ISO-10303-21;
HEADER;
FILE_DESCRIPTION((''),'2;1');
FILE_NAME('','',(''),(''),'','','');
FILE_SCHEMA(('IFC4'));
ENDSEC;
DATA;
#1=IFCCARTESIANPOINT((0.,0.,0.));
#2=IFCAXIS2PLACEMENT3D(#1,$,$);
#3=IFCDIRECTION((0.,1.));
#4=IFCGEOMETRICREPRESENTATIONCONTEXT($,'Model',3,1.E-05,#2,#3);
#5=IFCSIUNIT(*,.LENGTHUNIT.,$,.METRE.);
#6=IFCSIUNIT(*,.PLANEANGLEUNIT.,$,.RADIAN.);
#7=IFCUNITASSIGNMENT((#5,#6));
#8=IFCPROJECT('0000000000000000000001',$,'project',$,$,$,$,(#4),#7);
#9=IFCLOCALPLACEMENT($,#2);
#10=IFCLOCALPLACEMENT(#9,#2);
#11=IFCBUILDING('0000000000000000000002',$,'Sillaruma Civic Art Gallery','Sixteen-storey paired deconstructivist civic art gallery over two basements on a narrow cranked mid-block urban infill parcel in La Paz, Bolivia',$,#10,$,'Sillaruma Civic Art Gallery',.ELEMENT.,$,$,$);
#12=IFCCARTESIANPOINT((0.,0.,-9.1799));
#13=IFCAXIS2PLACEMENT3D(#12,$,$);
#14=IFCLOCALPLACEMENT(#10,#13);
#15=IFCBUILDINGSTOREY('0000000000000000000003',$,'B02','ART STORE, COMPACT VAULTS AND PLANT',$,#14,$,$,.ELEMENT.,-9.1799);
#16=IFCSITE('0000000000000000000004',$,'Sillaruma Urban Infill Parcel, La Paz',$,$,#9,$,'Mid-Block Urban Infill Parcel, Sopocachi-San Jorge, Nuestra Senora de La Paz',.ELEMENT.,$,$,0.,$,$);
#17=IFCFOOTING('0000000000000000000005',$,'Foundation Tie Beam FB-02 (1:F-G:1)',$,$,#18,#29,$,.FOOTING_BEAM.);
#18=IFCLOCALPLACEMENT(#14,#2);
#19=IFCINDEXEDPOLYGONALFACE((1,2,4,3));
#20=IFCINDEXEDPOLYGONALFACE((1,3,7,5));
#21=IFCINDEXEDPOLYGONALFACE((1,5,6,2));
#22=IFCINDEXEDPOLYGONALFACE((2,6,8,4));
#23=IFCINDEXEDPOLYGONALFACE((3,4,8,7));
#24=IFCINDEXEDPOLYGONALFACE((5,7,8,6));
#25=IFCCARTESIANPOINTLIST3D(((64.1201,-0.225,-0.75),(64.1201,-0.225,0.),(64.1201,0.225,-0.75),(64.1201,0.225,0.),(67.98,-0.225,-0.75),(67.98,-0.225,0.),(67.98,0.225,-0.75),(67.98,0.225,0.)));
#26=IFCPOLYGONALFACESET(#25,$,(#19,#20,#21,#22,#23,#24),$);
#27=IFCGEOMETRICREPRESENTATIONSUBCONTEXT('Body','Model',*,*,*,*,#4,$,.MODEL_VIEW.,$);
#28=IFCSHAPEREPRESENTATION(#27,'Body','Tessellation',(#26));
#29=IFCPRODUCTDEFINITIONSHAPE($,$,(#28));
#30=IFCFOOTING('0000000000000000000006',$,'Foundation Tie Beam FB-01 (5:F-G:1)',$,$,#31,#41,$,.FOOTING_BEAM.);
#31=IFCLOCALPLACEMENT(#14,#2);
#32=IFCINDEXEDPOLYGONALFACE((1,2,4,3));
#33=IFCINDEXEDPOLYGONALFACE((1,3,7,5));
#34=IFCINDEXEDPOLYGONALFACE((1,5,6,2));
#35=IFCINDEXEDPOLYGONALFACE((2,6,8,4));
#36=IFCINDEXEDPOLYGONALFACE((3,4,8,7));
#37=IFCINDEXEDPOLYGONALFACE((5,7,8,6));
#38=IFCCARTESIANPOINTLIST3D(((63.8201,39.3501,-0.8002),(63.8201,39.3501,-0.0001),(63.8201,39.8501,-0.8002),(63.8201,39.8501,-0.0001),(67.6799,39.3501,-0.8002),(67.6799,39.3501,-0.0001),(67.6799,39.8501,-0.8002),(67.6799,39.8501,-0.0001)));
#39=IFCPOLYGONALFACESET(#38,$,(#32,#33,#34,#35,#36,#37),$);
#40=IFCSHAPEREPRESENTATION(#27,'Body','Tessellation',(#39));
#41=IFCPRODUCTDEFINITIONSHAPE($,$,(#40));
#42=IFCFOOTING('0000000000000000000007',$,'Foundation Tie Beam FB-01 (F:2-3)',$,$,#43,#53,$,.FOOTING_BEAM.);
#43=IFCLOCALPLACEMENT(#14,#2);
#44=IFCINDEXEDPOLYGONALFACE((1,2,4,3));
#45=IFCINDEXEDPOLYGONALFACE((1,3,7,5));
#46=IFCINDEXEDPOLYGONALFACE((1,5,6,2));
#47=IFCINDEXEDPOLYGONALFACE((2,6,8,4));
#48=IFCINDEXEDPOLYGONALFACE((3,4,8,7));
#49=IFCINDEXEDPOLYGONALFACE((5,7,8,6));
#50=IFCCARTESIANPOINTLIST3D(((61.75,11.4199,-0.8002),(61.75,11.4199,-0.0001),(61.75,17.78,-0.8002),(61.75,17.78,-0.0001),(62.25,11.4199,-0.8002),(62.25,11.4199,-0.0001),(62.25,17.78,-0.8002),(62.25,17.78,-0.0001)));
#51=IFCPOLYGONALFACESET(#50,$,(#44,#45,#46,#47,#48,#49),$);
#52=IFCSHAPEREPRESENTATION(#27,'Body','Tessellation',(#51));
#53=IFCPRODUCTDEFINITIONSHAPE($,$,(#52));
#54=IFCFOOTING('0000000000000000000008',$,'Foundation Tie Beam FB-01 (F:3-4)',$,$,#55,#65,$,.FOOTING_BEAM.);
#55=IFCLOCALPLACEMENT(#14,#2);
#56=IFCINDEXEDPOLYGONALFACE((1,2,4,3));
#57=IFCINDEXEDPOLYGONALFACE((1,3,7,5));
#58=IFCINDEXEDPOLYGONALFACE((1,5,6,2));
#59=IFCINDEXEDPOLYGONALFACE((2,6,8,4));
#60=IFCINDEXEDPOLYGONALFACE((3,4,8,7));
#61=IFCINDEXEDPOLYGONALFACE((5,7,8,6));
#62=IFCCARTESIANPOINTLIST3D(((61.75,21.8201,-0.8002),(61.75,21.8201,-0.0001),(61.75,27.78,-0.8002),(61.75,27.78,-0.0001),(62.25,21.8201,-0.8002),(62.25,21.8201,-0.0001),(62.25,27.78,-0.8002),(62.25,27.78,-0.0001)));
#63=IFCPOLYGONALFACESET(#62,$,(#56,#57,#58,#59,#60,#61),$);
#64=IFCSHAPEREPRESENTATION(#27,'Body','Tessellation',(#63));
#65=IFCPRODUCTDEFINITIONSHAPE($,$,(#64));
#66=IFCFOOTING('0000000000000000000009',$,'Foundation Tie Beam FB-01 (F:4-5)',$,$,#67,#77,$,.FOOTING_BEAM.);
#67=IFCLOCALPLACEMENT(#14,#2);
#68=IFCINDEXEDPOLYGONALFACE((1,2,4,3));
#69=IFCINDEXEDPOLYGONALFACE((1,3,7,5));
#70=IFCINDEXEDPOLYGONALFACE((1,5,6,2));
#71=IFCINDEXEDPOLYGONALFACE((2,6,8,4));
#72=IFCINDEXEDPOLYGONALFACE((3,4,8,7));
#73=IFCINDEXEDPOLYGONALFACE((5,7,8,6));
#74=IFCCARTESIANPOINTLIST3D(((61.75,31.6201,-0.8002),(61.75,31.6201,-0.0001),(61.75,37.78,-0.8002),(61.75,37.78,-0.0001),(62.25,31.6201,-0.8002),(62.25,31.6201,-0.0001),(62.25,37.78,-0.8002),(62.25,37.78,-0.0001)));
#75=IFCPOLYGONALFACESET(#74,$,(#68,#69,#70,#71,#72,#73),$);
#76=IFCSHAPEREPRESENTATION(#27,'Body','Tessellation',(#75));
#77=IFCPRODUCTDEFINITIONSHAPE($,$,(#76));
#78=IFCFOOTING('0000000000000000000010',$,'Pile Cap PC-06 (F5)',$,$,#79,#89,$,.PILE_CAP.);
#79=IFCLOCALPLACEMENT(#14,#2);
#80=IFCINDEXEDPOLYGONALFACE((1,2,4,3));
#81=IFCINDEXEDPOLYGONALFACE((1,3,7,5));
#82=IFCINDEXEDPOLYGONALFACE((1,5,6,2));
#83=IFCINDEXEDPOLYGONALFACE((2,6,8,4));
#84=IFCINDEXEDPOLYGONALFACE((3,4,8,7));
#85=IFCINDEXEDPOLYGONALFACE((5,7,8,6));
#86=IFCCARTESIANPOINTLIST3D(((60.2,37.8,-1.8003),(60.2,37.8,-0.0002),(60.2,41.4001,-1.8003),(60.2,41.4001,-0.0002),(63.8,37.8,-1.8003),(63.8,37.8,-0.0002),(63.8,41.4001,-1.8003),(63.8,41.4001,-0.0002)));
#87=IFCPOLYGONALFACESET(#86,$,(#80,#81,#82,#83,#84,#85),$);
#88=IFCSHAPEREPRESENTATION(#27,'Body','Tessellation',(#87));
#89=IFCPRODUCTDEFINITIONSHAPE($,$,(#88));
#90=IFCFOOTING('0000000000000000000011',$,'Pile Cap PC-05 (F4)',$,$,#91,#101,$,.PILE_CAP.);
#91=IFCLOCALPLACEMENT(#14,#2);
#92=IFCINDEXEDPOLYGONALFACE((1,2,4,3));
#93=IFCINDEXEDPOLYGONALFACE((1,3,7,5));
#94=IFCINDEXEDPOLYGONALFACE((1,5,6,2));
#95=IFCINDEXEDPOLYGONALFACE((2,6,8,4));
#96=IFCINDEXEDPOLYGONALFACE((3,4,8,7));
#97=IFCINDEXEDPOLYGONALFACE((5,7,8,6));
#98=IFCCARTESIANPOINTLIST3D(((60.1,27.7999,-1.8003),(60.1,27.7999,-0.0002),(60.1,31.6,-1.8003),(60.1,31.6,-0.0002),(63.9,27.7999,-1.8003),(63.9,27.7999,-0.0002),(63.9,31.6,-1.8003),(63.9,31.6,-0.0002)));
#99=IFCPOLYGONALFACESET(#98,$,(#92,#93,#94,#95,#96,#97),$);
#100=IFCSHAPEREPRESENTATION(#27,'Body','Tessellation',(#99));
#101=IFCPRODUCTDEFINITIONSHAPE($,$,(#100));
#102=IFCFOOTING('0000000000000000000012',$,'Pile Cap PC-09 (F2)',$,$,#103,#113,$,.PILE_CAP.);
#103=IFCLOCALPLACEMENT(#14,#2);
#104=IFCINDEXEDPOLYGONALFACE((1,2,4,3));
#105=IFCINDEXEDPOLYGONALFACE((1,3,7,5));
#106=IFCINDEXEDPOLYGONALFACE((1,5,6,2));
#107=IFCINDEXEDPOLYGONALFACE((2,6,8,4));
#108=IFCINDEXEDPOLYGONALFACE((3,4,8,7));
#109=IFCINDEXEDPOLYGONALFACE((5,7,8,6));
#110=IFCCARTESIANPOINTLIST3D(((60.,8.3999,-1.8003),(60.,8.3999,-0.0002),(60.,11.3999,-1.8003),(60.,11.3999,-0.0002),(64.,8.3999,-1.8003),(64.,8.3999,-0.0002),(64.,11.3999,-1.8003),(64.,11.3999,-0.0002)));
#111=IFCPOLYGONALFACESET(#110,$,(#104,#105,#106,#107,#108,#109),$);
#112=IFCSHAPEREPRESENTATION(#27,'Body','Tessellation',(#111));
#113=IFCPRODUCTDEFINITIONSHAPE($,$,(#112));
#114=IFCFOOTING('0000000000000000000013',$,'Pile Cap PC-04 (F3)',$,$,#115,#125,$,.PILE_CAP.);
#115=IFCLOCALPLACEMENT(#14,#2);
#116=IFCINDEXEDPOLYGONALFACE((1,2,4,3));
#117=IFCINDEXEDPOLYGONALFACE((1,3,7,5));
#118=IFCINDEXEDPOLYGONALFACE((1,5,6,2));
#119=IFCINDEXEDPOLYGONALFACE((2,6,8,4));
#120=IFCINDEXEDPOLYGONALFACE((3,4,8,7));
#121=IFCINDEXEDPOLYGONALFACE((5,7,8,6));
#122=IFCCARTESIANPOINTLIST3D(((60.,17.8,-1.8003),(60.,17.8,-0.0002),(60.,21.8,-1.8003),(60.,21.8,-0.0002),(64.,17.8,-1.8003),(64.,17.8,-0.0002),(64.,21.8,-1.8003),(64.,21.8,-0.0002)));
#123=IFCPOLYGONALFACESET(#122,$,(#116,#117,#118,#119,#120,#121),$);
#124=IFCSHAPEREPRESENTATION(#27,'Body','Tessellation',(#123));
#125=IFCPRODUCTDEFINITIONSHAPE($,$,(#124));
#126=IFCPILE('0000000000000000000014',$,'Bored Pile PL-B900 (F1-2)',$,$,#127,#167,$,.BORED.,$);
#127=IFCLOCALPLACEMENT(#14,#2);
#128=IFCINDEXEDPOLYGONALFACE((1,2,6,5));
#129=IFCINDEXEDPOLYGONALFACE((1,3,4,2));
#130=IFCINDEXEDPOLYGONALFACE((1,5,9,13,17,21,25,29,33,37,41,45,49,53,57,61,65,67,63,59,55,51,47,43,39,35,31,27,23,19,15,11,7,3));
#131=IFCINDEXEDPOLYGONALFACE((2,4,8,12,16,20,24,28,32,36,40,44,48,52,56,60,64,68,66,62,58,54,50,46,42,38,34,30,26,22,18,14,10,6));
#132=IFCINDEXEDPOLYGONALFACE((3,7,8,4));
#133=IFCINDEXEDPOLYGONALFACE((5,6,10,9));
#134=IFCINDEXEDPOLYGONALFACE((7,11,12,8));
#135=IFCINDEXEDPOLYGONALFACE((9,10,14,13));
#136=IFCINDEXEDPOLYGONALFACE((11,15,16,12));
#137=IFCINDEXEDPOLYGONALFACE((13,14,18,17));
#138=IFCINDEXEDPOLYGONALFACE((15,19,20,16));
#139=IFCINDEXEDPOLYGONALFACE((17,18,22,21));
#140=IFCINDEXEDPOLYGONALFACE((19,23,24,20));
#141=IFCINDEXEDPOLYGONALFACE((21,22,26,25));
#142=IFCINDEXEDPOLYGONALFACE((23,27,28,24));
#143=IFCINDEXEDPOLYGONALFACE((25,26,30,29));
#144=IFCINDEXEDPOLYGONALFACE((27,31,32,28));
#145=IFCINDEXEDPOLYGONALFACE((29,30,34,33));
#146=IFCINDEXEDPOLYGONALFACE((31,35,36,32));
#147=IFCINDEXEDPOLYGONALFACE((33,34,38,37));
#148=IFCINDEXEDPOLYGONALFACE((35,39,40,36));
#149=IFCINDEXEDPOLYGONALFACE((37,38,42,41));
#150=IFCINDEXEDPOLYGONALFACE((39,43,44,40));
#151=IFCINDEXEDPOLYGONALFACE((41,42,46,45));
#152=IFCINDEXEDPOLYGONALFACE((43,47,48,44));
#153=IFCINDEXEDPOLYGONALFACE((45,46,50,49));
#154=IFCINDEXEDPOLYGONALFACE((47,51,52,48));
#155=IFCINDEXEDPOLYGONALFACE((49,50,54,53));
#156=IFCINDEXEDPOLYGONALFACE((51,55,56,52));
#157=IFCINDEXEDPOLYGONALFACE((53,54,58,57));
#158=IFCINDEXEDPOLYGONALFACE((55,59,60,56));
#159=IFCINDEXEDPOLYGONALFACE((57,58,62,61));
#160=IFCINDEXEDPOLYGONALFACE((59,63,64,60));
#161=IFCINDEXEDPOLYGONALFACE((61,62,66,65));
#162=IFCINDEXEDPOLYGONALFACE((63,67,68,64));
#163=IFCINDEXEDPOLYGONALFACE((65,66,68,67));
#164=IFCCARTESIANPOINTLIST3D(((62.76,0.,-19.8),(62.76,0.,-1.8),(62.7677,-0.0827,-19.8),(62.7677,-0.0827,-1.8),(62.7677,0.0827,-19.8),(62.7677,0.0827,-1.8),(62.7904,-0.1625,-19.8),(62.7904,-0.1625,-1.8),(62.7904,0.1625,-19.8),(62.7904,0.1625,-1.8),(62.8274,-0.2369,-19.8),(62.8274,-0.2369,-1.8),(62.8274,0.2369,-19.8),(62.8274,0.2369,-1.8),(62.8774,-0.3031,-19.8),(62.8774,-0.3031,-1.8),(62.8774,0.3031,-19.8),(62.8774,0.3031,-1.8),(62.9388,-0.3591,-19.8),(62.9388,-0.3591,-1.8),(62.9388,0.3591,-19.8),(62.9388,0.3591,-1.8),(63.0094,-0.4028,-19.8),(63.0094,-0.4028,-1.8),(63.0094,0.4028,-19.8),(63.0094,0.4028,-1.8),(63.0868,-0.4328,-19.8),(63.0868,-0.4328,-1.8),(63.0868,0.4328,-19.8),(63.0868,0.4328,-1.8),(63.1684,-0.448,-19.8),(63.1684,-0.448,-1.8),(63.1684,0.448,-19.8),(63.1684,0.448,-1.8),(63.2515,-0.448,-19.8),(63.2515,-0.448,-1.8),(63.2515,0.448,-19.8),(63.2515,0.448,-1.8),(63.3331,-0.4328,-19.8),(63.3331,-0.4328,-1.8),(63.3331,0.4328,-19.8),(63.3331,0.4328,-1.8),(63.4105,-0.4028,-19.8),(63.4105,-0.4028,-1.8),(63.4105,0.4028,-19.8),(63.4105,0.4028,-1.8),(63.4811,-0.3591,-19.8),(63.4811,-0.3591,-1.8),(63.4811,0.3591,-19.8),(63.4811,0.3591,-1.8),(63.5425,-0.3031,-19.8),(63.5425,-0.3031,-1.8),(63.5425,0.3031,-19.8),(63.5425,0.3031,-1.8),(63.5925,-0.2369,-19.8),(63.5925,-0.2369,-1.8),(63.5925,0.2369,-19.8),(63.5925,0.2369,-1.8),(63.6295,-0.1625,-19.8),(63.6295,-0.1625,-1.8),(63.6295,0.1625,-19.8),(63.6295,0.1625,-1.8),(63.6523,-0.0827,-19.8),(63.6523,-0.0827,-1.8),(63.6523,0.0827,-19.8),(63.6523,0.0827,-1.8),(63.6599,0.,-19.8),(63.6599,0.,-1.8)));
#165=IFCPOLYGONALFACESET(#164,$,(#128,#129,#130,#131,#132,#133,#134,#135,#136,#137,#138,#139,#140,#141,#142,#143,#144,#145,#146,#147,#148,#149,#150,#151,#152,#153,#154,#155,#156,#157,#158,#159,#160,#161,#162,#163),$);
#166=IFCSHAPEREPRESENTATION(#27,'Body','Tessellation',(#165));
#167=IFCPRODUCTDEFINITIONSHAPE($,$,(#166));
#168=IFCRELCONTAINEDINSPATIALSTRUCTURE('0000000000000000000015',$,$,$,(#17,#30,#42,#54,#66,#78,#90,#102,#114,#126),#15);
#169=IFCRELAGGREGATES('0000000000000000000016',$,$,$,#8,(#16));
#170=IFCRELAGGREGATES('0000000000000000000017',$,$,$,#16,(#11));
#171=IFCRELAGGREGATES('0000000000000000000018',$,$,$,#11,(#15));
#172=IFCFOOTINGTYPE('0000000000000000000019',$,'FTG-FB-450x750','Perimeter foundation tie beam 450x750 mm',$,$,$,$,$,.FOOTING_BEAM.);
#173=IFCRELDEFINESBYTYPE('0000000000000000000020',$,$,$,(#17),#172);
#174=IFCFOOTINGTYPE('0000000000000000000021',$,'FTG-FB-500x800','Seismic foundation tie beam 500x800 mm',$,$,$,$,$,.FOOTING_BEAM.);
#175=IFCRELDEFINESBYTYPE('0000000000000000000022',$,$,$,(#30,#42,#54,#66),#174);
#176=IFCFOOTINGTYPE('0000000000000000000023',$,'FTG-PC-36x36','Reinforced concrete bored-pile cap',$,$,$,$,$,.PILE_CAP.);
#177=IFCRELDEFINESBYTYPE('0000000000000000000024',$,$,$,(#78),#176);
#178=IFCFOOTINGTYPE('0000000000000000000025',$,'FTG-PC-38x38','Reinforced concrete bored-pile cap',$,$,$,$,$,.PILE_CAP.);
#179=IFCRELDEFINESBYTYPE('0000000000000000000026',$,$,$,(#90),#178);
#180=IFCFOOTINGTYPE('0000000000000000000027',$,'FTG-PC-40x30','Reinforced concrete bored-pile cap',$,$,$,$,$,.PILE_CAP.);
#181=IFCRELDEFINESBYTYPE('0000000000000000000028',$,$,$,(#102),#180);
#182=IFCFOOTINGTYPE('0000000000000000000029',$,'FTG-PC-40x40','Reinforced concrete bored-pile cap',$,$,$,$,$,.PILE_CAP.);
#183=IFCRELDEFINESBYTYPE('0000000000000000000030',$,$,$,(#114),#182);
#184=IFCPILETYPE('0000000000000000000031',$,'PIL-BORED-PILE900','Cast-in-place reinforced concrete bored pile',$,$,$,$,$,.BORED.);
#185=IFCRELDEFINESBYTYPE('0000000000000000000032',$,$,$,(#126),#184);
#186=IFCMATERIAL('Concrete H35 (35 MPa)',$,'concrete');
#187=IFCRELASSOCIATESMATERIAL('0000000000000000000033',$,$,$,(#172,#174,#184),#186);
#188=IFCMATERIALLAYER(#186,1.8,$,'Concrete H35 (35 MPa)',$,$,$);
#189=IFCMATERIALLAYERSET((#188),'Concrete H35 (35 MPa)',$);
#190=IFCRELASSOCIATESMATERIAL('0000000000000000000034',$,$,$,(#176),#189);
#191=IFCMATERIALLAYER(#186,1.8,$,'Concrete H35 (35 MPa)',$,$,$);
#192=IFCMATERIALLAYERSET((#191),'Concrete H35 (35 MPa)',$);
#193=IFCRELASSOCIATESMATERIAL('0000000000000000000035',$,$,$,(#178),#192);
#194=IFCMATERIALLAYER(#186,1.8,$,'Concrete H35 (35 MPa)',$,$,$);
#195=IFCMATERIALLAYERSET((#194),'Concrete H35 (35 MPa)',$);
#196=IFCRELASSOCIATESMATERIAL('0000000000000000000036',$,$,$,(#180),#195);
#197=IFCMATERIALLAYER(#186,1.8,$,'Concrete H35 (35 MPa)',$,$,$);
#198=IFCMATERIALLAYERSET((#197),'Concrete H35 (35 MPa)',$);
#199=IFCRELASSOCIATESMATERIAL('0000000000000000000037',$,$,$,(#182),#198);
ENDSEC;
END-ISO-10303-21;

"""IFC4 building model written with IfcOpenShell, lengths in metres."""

from ifc_helpers import new_model, si_unit, direction, frame, origin, origin_2d, place, context, subcontext, project, spatial, rectangle, circle, extrude, material, layer, layer_set, material_profile, profile_set, type_object, element, save


model = new_model("IFC4")

# Units and contexts
model_context = context("Model", 3, precision=1e-05, world=origin(), true_north=direction((0.0, 1.0)))
body_context = subcontext(model_context, "Body", "Model", "MODEL_VIEW")
ifc_project = project(units=[si_unit("LENGTHUNIT", "METRE"), si_unit("PLANEANGLEUNIT", "RADIAN")], contexts=[model_context])

# Site, building, storey
site_placement = place(None, origin())
site = spatial("IfcSite", under=ifc_project, at=site_placement, Name="Sillaruma Urban Infill Parcel, La Paz", LongName="Mid-Block Urban Infill Parcel, Sopocachi-San Jorge, Nuestra Senora de La Paz", CompositionType="ELEMENT", RefElevation=0.0)
building_placement = place(site_placement, origin())
building = spatial("IfcBuilding", under=site, at=building_placement, Name="Sillaruma Civic Art Gallery", Description="Sixteen-storey paired deconstructivist civic art gallery over two basements on a narrow cranked mid-block urban infill parcel in La Paz, Bolivia", LongName="Sillaruma Civic Art Gallery", CompositionType="ELEMENT")
storey_placement = place(building_placement, frame((0.0, 0.0, -9.1799)))
storey = spatial("IfcBuildingStorey", under=building, at=storey_placement, Name="B02", Description="ART STORE, COMPACT VAULTS AND PLANT", CompositionType="ELEMENT", Elevation=-9.1799)

# Footings
ifc_material_1 = material(Name="Concrete H35 (35 MPa)", Category="concrete")
ifc_material_profile_1 = material_profile(ifc_material_1, rectangle(XDim=0.45, YDim=0.75, at=origin_2d()), Name="RCB450x750")
ifc_profile_set_1 = profile_set([ifc_material_profile_1], Name="Concrete H35 (35 MPa)")
footing_type_1 = type_object("IfcFootingType", Name="FTG-FB-450x750", Description="Perimeter foundation tie beam 450x750 mm", PredefinedType="FOOTING_BEAM", material=ifc_profile_set_1)
footing_1_placement = place(storey_placement, frame((64.1201, 0.0, -0.375), z_axis=(1.0, 0.0, 0.0), x_axis=(0.0, 1.0, 0.0)))
element("IfcFooting", 1, at=footing_1_placement, inside=storey, type_object=footing_type_1, Name="Foundation Tie Beam FB-02 (1:F-G:1)", PredefinedType="FOOTING_BEAM", context=body_context, shape_type="SweptSolid", body=[
    extrude(rectangle(XDim=0.45, YDim=0.75, at=origin_2d()), origin(), (0.0, 0.0, 1.0), 3.8599),
])
ifc_material_profile_2 = material_profile(ifc_material_1, rectangle(XDim=0.5, YDim=0.8, at=origin_2d()), Name="RCB500x800")
ifc_profile_set_2 = profile_set([ifc_material_profile_2], Name="Concrete H35 (35 MPa)")
footing_type_2 = type_object("IfcFootingType", Name="FTG-FB-500x800", Description="Seismic foundation tie beam 500x800 mm", PredefinedType="FOOTING_BEAM", material=ifc_profile_set_2)
footing_2_placement = place(storey_placement, frame((63.8201, 39.6001, -0.4001), z_axis=(1.0, 0.0, 0.0), x_axis=(0.0, 1.0, 0.0)))
element("IfcFooting", 2, at=footing_2_placement, inside=storey, type_object=footing_type_2, Name="Foundation Tie Beam FB-01 (5:F-G:1)", PredefinedType="FOOTING_BEAM", context=body_context, shape_type="SweptSolid", body=[
    extrude(rectangle(XDim=0.5, YDim=0.8, at=origin_2d()), origin(), (0.0, 0.0, 1.0), 3.8599),
])
footing_3_placement = place(storey_placement, frame((62.0, 11.4199, -0.4001), z_axis=(0.0, 1.0, 0.0), x_axis=(-1.0, 0.0, 0.0)))
element("IfcFooting", 3, at=footing_3_placement, inside=storey, type_object=footing_type_2, Name="Foundation Tie Beam FB-01 (F:2-3)", PredefinedType="FOOTING_BEAM", context=body_context, shape_type="SweptSolid", body=[
    extrude(rectangle(XDim=0.5, YDim=0.8, at=origin_2d()), origin(), (0.0, 0.0, 1.0), 6.3601),
])
footing_4_placement = place(storey_placement, frame((62.0, 21.8201, -0.4001), z_axis=(0.0, 1.0, 0.0), x_axis=(-1.0, 0.0, 0.0)))
element("IfcFooting", 4, at=footing_4_placement, inside=storey, type_object=footing_type_2, Name="Foundation Tie Beam FB-01 (F:3-4)", PredefinedType="FOOTING_BEAM", context=body_context, shape_type="SweptSolid", body=[
    extrude(rectangle(XDim=0.5, YDim=0.8, at=origin_2d()), origin(), (0.0, 0.0, 1.0), 5.96),
])
footing_5_placement = place(storey_placement, frame((62.0, 31.6201, -0.4001), z_axis=(0.0, 1.0, 0.0), x_axis=(-1.0, 0.0, 0.0)))
element("IfcFooting", 5, at=footing_5_placement, inside=storey, type_object=footing_type_2, Name="Foundation Tie Beam FB-01 (F:4-5)", PredefinedType="FOOTING_BEAM", context=body_context, shape_type="SweptSolid", body=[
    extrude(rectangle(XDim=0.5, YDim=0.8, at=origin_2d()), origin(), (0.0, 0.0, 1.0), 6.1599),
])
ifc_layer_1 = layer(ifc_material_1, 1.8, Name="Concrete H35 (35 MPa)")
ifc_layer_set_1 = layer_set([ifc_layer_1], Name="Concrete H35 (35 MPa)")
footing_type_3 = type_object("IfcFootingType", Name="FTG-PC-36x36", Description="Reinforced concrete bored-pile cap", PredefinedType="PILE_CAP", material=ifc_layer_set_1)
footing_6_placement = place(storey_placement, frame((62.0, 39.6001, -1.8003), z_axis=(0.0, 0.0, 1.0), x_axis=(1.0, 0.0, 0.0)))
element("IfcFooting", 6, at=footing_6_placement, inside=storey, type_object=footing_type_3, Name="Pile Cap PC-06 (F5)", PredefinedType="PILE_CAP", context=body_context, shape_type="SweptSolid", body=[
    extrude(rectangle(XDim=3.6001, YDim=3.6001, at=origin_2d()), origin(), (0.0, 0.0, 1.0), 1.8),
])
ifc_layer_2 = layer(ifc_material_1, 1.8, Name="Concrete H35 (35 MPa)")
ifc_layer_set_2 = layer_set([ifc_layer_2], Name="Concrete H35 (35 MPa)")
footing_type_4 = type_object("IfcFootingType", Name="FTG-PC-38x38", Description="Reinforced concrete bored-pile cap", PredefinedType="PILE_CAP", material=ifc_layer_set_2)
footing_7_placement = place(storey_placement, frame((62.0, 29.7, -1.8003), z_axis=(0.0, 0.0, 1.0), x_axis=(1.0, 0.0, 0.0)))
element("IfcFooting", 7, at=footing_7_placement, inside=storey, type_object=footing_type_4, Name="Pile Cap PC-05 (F4)", PredefinedType="PILE_CAP", context=body_context, shape_type="SweptSolid", body=[
    extrude(rectangle(XDim=3.8, YDim=3.8, at=origin_2d()), origin(), (0.0, 0.0, 1.0), 1.8),
])
ifc_layer_3 = layer(ifc_material_1, 1.8, Name="Concrete H35 (35 MPa)")
ifc_layer_set_3 = layer_set([ifc_layer_3], Name="Concrete H35 (35 MPa)")
footing_type_5 = type_object("IfcFootingType", Name="FTG-PC-40x30", Description="Reinforced concrete bored-pile cap", PredefinedType="PILE_CAP", material=ifc_layer_set_3)
footing_8_placement = place(storey_placement, frame((62.0, 9.8999, -1.8003), z_axis=(0.0, 0.0, 1.0), x_axis=(1.0, 0.0, 0.0)))
element("IfcFooting", 8, at=footing_8_placement, inside=storey, type_object=footing_type_5, Name="Pile Cap PC-09 (F2)", PredefinedType="PILE_CAP", context=body_context, shape_type="SweptSolid", body=[
    extrude(rectangle(XDim=4.0, YDim=3.0, at=origin_2d()), origin(), (0.0, 0.0, 1.0), 1.8),
])
ifc_layer_4 = layer(ifc_material_1, 1.8, Name="Concrete H35 (35 MPa)")
ifc_layer_set_4 = layer_set([ifc_layer_4], Name="Concrete H35 (35 MPa)")
footing_type_6 = type_object("IfcFootingType", Name="FTG-PC-40x40", Description="Reinforced concrete bored-pile cap", PredefinedType="PILE_CAP", material=ifc_layer_set_4)
footing_9_placement = place(storey_placement, frame((62.0, 19.8, -1.8003), z_axis=(0.0, 0.0, 1.0), x_axis=(1.0, 0.0, 0.0)))
element("IfcFooting", 9, at=footing_9_placement, inside=storey, type_object=footing_type_6, Name="Pile Cap PC-04 (F3)", PredefinedType="PILE_CAP", context=body_context, shape_type="SweptSolid", body=[
    extrude(rectangle(XDim=4.0, YDim=4.0, at=origin_2d()), origin(), (0.0, 0.0, 1.0), 1.8),
])

# Pile
ifc_material_profile_3 = material_profile(ifc_material_1, circle(Radius=0.45, at=origin_2d()), Name="PILE900")
ifc_profile_set_3 = profile_set([ifc_material_profile_3], Name="Concrete H35 (35 MPa)")
pile_type = type_object("IfcPileType", Name="PIL-BORED-PILE900", Description="Cast-in-place reinforced concrete bored pile", PredefinedType="BORED", material=ifc_profile_set_3)
for number, where, z_axis, x_axis, name in (
    (10, (63.21, 0.0, -1.8), (0.0, 0.0, -1.0), (1.0, 0.0, 0.0), "Bored Pile PL-B900 (F1-2)"),
):
    element("IfcPile", number, at=place(storey_placement, frame(where, z_axis=z_axis, x_axis=x_axis)), inside=storey, type_object=pile_type, Name=name, PredefinedType="BORED", context=body_context, shape_type="SweptSolid", body=[
        extrude(circle(Radius=0.45, at=origin_2d()), origin(), (0.0, 0.0, 1.0), 18.0),
    ])

save(model, "model.ifc")
